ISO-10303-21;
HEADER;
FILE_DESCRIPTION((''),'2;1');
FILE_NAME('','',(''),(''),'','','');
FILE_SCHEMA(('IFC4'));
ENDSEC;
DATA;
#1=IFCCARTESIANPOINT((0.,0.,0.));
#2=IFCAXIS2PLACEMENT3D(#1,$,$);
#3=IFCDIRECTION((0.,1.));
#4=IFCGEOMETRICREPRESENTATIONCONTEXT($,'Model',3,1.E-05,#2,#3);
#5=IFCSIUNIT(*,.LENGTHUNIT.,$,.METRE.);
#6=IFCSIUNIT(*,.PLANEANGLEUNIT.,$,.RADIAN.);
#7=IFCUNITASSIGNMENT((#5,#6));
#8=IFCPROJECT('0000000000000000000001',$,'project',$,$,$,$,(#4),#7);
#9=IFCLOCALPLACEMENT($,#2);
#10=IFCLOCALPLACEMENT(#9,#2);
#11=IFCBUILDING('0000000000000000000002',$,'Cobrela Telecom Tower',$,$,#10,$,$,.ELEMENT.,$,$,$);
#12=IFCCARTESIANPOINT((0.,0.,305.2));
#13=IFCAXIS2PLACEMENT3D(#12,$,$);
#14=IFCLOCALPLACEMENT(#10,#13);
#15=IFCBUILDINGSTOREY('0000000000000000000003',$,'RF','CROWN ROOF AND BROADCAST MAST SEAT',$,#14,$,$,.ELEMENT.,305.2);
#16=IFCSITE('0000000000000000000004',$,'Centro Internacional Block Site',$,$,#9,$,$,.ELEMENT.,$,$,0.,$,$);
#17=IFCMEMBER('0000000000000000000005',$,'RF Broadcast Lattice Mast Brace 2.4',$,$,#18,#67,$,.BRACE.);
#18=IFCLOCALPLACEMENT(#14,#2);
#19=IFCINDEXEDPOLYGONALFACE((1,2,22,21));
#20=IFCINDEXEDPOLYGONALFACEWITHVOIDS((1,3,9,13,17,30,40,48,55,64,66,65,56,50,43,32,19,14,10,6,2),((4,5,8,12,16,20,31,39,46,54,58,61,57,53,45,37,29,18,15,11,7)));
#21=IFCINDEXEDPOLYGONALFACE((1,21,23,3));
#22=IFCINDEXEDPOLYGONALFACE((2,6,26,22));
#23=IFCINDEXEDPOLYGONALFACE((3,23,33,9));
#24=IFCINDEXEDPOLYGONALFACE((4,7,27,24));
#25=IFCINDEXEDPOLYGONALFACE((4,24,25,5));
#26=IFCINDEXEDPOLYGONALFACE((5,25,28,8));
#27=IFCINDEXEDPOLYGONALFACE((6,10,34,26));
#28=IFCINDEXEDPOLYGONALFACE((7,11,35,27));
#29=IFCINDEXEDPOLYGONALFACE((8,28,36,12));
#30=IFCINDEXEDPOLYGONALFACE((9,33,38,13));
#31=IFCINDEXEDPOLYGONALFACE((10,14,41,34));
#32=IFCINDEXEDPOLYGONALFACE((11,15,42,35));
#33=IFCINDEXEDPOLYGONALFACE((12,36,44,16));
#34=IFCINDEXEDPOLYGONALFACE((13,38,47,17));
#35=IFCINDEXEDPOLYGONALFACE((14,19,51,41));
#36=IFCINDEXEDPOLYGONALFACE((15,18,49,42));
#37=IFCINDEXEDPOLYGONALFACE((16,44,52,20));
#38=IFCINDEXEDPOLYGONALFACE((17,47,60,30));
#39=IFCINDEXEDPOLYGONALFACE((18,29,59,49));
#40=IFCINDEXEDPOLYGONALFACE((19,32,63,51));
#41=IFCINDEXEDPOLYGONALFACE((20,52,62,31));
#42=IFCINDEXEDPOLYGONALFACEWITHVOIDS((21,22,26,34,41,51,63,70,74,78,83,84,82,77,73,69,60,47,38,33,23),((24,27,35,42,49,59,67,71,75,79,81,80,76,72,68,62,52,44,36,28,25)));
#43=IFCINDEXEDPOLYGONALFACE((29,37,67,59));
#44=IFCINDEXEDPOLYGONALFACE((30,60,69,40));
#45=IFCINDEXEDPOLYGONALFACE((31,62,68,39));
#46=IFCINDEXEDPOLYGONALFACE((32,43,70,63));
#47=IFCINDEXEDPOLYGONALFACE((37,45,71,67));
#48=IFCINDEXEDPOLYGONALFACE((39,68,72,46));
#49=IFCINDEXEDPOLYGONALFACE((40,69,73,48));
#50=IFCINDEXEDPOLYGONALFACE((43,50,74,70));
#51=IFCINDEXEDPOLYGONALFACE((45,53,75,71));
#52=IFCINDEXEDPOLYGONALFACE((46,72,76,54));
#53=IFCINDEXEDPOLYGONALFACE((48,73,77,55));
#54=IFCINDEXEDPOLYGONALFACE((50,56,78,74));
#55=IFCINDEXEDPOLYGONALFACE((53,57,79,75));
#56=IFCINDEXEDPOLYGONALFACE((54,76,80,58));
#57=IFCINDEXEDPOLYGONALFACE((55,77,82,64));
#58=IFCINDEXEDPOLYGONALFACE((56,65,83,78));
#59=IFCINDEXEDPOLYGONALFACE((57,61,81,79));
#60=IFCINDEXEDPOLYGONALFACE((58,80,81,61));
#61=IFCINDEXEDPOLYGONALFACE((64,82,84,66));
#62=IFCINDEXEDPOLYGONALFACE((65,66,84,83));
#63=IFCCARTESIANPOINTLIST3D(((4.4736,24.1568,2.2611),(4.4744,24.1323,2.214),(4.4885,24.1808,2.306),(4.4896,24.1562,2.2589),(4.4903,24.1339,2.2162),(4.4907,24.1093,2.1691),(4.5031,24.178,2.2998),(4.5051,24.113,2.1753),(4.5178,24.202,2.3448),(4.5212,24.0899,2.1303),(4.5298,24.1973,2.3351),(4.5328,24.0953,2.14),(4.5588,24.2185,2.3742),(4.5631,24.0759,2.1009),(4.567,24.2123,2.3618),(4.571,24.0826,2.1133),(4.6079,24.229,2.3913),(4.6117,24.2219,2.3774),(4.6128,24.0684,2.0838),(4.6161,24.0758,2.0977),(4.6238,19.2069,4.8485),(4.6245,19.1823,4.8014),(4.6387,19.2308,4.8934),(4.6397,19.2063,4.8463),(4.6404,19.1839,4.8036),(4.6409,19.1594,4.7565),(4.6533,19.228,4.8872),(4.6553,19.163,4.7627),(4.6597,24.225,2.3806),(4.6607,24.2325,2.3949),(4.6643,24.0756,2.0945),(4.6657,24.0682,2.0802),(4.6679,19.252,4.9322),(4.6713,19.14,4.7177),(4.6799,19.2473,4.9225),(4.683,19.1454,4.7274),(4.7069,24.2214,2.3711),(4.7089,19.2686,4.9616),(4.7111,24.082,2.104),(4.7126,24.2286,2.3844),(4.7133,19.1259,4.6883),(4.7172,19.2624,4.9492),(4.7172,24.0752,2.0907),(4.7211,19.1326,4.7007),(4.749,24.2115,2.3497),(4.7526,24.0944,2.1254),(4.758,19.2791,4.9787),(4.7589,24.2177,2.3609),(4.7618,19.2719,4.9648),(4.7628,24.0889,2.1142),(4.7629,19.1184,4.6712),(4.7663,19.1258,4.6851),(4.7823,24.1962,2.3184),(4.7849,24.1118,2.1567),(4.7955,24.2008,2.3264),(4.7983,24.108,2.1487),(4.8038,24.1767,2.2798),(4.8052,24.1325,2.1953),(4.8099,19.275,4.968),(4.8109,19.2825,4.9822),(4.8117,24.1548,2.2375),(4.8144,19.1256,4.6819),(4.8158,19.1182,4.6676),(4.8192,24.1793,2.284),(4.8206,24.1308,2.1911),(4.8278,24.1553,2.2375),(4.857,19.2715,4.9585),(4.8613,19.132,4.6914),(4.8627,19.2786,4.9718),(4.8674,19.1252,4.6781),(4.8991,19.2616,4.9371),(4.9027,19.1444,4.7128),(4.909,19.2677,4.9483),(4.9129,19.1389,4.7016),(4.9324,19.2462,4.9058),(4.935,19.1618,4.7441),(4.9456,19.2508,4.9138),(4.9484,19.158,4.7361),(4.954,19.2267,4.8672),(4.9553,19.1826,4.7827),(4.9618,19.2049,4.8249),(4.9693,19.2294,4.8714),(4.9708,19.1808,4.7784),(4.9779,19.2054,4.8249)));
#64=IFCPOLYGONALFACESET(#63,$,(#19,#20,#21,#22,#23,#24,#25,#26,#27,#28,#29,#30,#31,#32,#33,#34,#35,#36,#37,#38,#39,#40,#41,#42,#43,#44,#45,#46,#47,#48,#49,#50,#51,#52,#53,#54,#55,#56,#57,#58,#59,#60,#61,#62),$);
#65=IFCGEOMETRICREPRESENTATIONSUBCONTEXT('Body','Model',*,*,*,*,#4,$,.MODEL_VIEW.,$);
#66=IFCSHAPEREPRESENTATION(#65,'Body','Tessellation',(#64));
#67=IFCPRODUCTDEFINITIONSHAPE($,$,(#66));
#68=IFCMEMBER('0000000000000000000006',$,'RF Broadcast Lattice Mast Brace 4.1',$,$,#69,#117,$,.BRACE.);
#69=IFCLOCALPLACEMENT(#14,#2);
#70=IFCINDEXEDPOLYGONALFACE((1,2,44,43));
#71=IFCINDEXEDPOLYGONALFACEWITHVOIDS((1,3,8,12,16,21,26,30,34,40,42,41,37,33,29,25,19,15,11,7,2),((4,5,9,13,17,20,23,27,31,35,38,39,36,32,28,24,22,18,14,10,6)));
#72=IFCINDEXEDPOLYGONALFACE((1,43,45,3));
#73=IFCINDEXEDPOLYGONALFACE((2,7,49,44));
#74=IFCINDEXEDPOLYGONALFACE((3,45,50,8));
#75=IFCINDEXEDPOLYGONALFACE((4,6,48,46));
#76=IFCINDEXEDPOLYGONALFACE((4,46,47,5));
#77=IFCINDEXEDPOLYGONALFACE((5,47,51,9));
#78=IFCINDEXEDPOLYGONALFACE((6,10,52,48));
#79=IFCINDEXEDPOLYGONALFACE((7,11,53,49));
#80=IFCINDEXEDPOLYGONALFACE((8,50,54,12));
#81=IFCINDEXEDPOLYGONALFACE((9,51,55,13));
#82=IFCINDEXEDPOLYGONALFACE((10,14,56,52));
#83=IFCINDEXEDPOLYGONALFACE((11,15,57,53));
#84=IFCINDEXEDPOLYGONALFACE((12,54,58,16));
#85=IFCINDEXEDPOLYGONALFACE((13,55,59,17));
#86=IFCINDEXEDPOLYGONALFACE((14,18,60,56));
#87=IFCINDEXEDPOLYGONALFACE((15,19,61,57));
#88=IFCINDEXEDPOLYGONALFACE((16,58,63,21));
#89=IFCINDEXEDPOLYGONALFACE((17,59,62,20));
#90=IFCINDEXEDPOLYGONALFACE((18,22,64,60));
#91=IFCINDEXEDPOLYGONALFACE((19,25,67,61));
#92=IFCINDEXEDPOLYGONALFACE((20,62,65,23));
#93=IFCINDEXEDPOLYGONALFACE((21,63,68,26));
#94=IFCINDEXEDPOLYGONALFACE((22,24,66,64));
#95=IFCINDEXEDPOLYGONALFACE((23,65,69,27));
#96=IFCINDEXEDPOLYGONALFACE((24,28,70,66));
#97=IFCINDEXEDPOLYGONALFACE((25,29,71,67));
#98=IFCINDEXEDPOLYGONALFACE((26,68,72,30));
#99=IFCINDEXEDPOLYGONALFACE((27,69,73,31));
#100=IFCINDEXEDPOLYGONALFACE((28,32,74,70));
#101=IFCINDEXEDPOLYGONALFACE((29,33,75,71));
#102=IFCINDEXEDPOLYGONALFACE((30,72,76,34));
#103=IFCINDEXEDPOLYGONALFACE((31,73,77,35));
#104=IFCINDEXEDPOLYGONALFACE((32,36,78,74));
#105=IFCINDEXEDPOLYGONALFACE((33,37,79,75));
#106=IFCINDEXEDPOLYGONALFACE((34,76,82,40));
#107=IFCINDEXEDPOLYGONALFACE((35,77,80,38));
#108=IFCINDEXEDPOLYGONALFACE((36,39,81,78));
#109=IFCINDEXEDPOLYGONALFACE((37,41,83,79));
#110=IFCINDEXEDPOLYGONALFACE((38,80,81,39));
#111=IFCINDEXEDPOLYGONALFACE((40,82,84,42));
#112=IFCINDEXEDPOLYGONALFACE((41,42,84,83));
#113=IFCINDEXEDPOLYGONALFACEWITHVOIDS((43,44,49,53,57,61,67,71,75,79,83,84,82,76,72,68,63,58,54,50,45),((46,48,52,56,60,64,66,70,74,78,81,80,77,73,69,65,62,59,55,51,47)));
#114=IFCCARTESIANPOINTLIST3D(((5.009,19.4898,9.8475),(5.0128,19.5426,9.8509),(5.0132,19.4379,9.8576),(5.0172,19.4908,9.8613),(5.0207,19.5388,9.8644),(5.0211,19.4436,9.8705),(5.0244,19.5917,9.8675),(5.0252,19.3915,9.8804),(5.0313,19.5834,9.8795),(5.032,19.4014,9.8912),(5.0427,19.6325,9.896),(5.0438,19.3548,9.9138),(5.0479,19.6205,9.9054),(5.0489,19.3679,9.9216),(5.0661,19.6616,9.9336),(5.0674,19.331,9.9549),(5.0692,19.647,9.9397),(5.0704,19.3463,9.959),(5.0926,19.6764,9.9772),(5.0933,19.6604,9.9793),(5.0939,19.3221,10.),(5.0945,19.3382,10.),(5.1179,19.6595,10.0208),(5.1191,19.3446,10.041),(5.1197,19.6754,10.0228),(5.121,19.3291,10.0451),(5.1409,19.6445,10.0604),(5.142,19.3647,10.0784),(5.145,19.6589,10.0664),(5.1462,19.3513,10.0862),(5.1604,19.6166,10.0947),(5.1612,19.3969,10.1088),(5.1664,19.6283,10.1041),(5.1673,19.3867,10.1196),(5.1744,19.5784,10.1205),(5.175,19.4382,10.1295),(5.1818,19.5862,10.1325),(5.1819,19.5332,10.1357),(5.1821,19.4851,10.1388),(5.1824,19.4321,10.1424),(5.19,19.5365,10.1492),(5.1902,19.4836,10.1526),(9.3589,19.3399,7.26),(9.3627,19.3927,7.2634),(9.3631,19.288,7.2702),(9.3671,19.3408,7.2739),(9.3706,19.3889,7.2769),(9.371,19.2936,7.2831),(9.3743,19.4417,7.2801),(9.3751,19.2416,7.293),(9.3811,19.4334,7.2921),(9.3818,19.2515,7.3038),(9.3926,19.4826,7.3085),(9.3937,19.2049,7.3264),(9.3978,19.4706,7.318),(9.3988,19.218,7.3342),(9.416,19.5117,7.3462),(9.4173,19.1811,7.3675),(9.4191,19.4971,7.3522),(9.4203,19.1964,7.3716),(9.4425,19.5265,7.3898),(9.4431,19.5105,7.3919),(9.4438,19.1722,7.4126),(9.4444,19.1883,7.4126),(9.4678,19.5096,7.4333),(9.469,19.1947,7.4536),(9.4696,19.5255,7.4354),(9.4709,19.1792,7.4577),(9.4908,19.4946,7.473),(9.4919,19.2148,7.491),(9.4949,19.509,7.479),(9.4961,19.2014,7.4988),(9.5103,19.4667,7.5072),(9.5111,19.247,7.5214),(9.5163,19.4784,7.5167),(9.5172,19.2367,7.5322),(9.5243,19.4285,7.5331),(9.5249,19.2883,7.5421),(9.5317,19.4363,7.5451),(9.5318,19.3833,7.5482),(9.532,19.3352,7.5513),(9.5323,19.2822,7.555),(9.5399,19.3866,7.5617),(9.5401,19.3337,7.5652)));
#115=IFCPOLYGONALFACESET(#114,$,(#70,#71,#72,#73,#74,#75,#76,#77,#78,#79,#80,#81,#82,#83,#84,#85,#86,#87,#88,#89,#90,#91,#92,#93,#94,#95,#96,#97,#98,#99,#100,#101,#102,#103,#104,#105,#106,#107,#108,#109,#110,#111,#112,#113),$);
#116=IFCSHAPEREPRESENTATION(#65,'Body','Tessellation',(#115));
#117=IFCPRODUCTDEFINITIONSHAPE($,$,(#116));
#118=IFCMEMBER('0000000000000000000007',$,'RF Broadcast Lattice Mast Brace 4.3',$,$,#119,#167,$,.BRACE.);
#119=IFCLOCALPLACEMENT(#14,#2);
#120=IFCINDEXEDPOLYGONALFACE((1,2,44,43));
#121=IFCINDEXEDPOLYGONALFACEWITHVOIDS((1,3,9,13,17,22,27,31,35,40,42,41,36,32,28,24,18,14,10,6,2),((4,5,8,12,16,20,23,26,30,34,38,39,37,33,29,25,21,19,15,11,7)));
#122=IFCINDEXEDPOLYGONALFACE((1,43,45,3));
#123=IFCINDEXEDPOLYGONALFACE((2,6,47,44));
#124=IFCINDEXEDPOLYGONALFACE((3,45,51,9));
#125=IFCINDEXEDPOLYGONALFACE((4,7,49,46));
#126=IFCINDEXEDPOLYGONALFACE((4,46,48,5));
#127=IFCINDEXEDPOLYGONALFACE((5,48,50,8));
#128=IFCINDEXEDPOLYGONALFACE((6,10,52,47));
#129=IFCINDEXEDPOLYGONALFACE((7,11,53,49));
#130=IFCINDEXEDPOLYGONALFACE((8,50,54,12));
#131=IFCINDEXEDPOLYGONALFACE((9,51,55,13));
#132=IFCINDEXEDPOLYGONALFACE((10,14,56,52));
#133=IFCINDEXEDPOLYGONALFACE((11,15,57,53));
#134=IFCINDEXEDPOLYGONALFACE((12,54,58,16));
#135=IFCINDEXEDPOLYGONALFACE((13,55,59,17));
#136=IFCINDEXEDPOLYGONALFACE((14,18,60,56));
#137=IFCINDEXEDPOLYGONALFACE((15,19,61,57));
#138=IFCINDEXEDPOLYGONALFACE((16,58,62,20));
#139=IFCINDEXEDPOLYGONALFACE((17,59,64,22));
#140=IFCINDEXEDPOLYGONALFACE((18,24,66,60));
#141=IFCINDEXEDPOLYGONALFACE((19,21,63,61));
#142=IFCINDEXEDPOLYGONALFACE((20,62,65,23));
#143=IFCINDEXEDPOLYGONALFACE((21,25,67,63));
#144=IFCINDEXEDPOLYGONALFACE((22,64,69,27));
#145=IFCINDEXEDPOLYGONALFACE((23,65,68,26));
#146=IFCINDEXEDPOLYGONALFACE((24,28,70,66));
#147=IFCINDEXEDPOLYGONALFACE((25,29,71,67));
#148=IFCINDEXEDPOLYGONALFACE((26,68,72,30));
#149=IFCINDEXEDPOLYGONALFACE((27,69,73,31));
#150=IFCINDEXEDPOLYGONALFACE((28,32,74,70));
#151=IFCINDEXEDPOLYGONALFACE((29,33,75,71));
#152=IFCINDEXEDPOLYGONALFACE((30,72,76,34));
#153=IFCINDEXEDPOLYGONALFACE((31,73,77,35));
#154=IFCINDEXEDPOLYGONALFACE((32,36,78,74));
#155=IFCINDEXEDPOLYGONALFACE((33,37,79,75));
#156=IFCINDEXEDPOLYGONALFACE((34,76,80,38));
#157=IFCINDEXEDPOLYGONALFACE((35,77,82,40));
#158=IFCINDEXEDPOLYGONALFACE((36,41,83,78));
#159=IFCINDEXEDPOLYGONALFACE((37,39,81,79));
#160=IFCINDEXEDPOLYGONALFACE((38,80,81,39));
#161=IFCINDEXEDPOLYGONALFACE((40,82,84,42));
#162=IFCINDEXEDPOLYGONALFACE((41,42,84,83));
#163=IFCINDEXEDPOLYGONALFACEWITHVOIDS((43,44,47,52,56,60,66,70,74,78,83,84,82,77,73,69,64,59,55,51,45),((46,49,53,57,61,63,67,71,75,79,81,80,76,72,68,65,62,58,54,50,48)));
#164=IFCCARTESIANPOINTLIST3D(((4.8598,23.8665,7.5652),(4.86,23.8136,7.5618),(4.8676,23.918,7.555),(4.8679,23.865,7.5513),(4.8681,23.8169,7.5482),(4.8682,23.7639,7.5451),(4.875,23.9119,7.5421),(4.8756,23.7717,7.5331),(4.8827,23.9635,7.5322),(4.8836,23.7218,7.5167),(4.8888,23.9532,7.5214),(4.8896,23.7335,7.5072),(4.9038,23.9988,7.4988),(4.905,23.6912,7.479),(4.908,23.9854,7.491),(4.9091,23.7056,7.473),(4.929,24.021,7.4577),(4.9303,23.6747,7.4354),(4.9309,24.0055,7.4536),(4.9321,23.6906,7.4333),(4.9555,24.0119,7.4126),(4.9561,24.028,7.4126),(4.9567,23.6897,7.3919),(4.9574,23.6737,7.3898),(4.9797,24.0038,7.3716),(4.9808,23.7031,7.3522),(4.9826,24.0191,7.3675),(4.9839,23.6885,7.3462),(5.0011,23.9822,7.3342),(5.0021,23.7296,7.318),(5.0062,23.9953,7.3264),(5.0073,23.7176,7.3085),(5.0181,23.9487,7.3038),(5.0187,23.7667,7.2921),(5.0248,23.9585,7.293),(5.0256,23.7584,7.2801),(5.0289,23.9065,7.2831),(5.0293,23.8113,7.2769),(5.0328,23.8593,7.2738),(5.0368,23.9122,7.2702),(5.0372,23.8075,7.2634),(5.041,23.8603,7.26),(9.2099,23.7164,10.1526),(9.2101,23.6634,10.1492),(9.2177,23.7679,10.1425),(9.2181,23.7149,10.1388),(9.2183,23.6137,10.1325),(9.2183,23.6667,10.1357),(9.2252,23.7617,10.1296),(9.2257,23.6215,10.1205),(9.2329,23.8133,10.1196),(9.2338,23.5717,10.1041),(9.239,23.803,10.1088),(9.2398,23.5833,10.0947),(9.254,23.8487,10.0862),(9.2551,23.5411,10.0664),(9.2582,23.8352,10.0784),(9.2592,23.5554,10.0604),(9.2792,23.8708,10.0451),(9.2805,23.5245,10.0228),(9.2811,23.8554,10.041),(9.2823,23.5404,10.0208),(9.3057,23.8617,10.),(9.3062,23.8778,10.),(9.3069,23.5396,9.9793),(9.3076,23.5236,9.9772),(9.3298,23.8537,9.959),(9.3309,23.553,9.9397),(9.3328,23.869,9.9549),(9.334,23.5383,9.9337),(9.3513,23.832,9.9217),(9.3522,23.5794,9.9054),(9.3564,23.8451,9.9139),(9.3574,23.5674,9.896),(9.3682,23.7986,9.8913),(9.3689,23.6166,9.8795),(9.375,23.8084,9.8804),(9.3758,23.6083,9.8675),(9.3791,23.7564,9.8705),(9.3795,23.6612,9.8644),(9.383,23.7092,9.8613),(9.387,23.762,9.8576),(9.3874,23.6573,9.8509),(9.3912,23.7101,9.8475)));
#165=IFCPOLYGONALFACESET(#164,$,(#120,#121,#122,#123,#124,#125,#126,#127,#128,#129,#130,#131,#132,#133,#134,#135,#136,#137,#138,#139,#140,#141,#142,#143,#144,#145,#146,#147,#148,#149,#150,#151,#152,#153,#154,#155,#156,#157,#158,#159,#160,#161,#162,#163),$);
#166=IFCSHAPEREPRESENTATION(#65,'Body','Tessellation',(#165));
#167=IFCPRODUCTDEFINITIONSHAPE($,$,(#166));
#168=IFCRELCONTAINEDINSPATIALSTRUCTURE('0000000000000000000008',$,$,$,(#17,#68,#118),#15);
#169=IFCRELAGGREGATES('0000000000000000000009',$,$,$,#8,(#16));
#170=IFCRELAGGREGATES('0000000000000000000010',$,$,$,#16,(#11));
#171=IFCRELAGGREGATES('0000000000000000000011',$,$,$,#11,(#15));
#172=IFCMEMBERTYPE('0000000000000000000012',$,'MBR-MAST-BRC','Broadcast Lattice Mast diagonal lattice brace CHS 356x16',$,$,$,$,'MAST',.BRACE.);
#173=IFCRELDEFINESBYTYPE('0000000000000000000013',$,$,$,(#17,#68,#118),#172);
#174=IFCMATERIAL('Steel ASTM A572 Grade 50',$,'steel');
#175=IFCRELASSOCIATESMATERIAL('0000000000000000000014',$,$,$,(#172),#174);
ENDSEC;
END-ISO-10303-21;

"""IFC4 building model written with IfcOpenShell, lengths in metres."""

from ifc_helpers import new_model, si_unit, direction, frame, origin, origin_2d, place, context, subcontext, project, spatial, hollow_circle, extrude, material, material_profile, profile_set, type_object, element, save


model = new_model("IFC4")

# Units and contexts
model_context = context("Model", 3, precision=1e-05, world=origin(), true_north=direction((0.0, 1.0)))
body_context = subcontext(model_context, "Body", "Model", "MODEL_VIEW")
ifc_project = project(units=[si_unit("LENGTHUNIT", "METRE"), si_unit("PLANEANGLEUNIT", "RADIAN")], contexts=[model_context])

# Site, building, storey
site_placement = place(None, origin())
site = spatial("IfcSite", under=ifc_project, at=site_placement, Name="Centro Internacional Block Site", CompositionType="ELEMENT", RefElevation=0.0)
building_placement = place(site_placement, origin())
building = spatial("IfcBuilding", under=site, at=building_placement, Name="Cobrela Telecom Tower", CompositionType="ELEMENT")
storey_placement = place(building_placement, frame((0.0, 0.0, 305.2)))
storey = spatial("IfcBuildingStorey", under=building, at=storey_placement, Name="RF", Description="CROWN ROOF AND BROADCAST MAST SEAT", CompositionType="ELEMENT", Elevation=305.2)

# Shared definitions
ifc_material_1 = material(Name="Steel ASTM A572 Grade 50", Category="steel")

# Members
ifc_material_profile_1 = material_profile(ifc_material_1, hollow_circle(Radius=0.178, WallThickness=0.0161, at=origin_2d()), Name="CHS 356x16")
ifc_profile_set_1 = profile_set([ifc_material_profile_1], Name="Steel ASTM A572 Grade 50")
member_type = type_object("IfcMemberType", Name="MBR-MAST-BRC", Description="Broadcast Lattice Mast diagonal lattice brace CHS 356x16", ElementType="MAST", PredefinedType="BRACE", material=ifc_profile_set_1)
member_1_placement = place(storey_placement, frame((4.6499, 24.1499, 2.2375), z_axis=(0.026872, -0.885911, 0.463077), x_axis=(0.99954, 0.030319, 0.0)))
element("IfcMember", 1, at=member_1_placement, inside=storey, type_object=member_type, Name="RF Broadcast Lattice Mast Brace 2.4", PredefinedType="BRACE", context=body_context, shape_type="SweptSolid", body=[
    extrude(hollow_circle(Radius=0.178, WallThickness=0.0161, at=origin_2d()), origin(), (0.0, 0.0, 1.0), 5.5874),
])
member_2_placement = place(storey_placement, frame((9.45, 19.3501, 7.4126), z_axis=(-0.859072, 0.029605, 0.510998), x_axis=(-0.034441, -0.999407, 0.0)))
element("IfcMember", 2, at=member_2_placement, inside=storey, type_object=member_type, Name="RF Broadcast Lattice Mast Brace 4.1", PredefinedType="BRACE", context=body_context, shape_type="SweptSolid", body=[
    extrude(hollow_circle(Radius=0.178, WallThickness=0.0161, at=origin_2d()), origin(), (0.0, 0.0, 1.0), 5.0635),
])
for number, where, z_axis, x_axis, name in (
    (3, (4.95, 23.8501, 7.4126), (0.859084, -0.029652, 0.510976), (0.034495, 0.999405, 0.0), "RF Broadcast Lattice Mast Brace 4.3"),
):
    element("IfcMember", number, at=place(storey_placement, frame(where, z_axis=z_axis, x_axis=x_axis)), inside=storey, type_object=member_type, Name=name, PredefinedType="BRACE", context=body_context, shape_type="SweptSolid", body=[
        extrude(hollow_circle(Radius=0.178, WallThickness=0.0161, at=origin_2d()), origin(), (0.0, 0.0, 1.0), 5.0637),
    ])

save(model, "model.ifc")
